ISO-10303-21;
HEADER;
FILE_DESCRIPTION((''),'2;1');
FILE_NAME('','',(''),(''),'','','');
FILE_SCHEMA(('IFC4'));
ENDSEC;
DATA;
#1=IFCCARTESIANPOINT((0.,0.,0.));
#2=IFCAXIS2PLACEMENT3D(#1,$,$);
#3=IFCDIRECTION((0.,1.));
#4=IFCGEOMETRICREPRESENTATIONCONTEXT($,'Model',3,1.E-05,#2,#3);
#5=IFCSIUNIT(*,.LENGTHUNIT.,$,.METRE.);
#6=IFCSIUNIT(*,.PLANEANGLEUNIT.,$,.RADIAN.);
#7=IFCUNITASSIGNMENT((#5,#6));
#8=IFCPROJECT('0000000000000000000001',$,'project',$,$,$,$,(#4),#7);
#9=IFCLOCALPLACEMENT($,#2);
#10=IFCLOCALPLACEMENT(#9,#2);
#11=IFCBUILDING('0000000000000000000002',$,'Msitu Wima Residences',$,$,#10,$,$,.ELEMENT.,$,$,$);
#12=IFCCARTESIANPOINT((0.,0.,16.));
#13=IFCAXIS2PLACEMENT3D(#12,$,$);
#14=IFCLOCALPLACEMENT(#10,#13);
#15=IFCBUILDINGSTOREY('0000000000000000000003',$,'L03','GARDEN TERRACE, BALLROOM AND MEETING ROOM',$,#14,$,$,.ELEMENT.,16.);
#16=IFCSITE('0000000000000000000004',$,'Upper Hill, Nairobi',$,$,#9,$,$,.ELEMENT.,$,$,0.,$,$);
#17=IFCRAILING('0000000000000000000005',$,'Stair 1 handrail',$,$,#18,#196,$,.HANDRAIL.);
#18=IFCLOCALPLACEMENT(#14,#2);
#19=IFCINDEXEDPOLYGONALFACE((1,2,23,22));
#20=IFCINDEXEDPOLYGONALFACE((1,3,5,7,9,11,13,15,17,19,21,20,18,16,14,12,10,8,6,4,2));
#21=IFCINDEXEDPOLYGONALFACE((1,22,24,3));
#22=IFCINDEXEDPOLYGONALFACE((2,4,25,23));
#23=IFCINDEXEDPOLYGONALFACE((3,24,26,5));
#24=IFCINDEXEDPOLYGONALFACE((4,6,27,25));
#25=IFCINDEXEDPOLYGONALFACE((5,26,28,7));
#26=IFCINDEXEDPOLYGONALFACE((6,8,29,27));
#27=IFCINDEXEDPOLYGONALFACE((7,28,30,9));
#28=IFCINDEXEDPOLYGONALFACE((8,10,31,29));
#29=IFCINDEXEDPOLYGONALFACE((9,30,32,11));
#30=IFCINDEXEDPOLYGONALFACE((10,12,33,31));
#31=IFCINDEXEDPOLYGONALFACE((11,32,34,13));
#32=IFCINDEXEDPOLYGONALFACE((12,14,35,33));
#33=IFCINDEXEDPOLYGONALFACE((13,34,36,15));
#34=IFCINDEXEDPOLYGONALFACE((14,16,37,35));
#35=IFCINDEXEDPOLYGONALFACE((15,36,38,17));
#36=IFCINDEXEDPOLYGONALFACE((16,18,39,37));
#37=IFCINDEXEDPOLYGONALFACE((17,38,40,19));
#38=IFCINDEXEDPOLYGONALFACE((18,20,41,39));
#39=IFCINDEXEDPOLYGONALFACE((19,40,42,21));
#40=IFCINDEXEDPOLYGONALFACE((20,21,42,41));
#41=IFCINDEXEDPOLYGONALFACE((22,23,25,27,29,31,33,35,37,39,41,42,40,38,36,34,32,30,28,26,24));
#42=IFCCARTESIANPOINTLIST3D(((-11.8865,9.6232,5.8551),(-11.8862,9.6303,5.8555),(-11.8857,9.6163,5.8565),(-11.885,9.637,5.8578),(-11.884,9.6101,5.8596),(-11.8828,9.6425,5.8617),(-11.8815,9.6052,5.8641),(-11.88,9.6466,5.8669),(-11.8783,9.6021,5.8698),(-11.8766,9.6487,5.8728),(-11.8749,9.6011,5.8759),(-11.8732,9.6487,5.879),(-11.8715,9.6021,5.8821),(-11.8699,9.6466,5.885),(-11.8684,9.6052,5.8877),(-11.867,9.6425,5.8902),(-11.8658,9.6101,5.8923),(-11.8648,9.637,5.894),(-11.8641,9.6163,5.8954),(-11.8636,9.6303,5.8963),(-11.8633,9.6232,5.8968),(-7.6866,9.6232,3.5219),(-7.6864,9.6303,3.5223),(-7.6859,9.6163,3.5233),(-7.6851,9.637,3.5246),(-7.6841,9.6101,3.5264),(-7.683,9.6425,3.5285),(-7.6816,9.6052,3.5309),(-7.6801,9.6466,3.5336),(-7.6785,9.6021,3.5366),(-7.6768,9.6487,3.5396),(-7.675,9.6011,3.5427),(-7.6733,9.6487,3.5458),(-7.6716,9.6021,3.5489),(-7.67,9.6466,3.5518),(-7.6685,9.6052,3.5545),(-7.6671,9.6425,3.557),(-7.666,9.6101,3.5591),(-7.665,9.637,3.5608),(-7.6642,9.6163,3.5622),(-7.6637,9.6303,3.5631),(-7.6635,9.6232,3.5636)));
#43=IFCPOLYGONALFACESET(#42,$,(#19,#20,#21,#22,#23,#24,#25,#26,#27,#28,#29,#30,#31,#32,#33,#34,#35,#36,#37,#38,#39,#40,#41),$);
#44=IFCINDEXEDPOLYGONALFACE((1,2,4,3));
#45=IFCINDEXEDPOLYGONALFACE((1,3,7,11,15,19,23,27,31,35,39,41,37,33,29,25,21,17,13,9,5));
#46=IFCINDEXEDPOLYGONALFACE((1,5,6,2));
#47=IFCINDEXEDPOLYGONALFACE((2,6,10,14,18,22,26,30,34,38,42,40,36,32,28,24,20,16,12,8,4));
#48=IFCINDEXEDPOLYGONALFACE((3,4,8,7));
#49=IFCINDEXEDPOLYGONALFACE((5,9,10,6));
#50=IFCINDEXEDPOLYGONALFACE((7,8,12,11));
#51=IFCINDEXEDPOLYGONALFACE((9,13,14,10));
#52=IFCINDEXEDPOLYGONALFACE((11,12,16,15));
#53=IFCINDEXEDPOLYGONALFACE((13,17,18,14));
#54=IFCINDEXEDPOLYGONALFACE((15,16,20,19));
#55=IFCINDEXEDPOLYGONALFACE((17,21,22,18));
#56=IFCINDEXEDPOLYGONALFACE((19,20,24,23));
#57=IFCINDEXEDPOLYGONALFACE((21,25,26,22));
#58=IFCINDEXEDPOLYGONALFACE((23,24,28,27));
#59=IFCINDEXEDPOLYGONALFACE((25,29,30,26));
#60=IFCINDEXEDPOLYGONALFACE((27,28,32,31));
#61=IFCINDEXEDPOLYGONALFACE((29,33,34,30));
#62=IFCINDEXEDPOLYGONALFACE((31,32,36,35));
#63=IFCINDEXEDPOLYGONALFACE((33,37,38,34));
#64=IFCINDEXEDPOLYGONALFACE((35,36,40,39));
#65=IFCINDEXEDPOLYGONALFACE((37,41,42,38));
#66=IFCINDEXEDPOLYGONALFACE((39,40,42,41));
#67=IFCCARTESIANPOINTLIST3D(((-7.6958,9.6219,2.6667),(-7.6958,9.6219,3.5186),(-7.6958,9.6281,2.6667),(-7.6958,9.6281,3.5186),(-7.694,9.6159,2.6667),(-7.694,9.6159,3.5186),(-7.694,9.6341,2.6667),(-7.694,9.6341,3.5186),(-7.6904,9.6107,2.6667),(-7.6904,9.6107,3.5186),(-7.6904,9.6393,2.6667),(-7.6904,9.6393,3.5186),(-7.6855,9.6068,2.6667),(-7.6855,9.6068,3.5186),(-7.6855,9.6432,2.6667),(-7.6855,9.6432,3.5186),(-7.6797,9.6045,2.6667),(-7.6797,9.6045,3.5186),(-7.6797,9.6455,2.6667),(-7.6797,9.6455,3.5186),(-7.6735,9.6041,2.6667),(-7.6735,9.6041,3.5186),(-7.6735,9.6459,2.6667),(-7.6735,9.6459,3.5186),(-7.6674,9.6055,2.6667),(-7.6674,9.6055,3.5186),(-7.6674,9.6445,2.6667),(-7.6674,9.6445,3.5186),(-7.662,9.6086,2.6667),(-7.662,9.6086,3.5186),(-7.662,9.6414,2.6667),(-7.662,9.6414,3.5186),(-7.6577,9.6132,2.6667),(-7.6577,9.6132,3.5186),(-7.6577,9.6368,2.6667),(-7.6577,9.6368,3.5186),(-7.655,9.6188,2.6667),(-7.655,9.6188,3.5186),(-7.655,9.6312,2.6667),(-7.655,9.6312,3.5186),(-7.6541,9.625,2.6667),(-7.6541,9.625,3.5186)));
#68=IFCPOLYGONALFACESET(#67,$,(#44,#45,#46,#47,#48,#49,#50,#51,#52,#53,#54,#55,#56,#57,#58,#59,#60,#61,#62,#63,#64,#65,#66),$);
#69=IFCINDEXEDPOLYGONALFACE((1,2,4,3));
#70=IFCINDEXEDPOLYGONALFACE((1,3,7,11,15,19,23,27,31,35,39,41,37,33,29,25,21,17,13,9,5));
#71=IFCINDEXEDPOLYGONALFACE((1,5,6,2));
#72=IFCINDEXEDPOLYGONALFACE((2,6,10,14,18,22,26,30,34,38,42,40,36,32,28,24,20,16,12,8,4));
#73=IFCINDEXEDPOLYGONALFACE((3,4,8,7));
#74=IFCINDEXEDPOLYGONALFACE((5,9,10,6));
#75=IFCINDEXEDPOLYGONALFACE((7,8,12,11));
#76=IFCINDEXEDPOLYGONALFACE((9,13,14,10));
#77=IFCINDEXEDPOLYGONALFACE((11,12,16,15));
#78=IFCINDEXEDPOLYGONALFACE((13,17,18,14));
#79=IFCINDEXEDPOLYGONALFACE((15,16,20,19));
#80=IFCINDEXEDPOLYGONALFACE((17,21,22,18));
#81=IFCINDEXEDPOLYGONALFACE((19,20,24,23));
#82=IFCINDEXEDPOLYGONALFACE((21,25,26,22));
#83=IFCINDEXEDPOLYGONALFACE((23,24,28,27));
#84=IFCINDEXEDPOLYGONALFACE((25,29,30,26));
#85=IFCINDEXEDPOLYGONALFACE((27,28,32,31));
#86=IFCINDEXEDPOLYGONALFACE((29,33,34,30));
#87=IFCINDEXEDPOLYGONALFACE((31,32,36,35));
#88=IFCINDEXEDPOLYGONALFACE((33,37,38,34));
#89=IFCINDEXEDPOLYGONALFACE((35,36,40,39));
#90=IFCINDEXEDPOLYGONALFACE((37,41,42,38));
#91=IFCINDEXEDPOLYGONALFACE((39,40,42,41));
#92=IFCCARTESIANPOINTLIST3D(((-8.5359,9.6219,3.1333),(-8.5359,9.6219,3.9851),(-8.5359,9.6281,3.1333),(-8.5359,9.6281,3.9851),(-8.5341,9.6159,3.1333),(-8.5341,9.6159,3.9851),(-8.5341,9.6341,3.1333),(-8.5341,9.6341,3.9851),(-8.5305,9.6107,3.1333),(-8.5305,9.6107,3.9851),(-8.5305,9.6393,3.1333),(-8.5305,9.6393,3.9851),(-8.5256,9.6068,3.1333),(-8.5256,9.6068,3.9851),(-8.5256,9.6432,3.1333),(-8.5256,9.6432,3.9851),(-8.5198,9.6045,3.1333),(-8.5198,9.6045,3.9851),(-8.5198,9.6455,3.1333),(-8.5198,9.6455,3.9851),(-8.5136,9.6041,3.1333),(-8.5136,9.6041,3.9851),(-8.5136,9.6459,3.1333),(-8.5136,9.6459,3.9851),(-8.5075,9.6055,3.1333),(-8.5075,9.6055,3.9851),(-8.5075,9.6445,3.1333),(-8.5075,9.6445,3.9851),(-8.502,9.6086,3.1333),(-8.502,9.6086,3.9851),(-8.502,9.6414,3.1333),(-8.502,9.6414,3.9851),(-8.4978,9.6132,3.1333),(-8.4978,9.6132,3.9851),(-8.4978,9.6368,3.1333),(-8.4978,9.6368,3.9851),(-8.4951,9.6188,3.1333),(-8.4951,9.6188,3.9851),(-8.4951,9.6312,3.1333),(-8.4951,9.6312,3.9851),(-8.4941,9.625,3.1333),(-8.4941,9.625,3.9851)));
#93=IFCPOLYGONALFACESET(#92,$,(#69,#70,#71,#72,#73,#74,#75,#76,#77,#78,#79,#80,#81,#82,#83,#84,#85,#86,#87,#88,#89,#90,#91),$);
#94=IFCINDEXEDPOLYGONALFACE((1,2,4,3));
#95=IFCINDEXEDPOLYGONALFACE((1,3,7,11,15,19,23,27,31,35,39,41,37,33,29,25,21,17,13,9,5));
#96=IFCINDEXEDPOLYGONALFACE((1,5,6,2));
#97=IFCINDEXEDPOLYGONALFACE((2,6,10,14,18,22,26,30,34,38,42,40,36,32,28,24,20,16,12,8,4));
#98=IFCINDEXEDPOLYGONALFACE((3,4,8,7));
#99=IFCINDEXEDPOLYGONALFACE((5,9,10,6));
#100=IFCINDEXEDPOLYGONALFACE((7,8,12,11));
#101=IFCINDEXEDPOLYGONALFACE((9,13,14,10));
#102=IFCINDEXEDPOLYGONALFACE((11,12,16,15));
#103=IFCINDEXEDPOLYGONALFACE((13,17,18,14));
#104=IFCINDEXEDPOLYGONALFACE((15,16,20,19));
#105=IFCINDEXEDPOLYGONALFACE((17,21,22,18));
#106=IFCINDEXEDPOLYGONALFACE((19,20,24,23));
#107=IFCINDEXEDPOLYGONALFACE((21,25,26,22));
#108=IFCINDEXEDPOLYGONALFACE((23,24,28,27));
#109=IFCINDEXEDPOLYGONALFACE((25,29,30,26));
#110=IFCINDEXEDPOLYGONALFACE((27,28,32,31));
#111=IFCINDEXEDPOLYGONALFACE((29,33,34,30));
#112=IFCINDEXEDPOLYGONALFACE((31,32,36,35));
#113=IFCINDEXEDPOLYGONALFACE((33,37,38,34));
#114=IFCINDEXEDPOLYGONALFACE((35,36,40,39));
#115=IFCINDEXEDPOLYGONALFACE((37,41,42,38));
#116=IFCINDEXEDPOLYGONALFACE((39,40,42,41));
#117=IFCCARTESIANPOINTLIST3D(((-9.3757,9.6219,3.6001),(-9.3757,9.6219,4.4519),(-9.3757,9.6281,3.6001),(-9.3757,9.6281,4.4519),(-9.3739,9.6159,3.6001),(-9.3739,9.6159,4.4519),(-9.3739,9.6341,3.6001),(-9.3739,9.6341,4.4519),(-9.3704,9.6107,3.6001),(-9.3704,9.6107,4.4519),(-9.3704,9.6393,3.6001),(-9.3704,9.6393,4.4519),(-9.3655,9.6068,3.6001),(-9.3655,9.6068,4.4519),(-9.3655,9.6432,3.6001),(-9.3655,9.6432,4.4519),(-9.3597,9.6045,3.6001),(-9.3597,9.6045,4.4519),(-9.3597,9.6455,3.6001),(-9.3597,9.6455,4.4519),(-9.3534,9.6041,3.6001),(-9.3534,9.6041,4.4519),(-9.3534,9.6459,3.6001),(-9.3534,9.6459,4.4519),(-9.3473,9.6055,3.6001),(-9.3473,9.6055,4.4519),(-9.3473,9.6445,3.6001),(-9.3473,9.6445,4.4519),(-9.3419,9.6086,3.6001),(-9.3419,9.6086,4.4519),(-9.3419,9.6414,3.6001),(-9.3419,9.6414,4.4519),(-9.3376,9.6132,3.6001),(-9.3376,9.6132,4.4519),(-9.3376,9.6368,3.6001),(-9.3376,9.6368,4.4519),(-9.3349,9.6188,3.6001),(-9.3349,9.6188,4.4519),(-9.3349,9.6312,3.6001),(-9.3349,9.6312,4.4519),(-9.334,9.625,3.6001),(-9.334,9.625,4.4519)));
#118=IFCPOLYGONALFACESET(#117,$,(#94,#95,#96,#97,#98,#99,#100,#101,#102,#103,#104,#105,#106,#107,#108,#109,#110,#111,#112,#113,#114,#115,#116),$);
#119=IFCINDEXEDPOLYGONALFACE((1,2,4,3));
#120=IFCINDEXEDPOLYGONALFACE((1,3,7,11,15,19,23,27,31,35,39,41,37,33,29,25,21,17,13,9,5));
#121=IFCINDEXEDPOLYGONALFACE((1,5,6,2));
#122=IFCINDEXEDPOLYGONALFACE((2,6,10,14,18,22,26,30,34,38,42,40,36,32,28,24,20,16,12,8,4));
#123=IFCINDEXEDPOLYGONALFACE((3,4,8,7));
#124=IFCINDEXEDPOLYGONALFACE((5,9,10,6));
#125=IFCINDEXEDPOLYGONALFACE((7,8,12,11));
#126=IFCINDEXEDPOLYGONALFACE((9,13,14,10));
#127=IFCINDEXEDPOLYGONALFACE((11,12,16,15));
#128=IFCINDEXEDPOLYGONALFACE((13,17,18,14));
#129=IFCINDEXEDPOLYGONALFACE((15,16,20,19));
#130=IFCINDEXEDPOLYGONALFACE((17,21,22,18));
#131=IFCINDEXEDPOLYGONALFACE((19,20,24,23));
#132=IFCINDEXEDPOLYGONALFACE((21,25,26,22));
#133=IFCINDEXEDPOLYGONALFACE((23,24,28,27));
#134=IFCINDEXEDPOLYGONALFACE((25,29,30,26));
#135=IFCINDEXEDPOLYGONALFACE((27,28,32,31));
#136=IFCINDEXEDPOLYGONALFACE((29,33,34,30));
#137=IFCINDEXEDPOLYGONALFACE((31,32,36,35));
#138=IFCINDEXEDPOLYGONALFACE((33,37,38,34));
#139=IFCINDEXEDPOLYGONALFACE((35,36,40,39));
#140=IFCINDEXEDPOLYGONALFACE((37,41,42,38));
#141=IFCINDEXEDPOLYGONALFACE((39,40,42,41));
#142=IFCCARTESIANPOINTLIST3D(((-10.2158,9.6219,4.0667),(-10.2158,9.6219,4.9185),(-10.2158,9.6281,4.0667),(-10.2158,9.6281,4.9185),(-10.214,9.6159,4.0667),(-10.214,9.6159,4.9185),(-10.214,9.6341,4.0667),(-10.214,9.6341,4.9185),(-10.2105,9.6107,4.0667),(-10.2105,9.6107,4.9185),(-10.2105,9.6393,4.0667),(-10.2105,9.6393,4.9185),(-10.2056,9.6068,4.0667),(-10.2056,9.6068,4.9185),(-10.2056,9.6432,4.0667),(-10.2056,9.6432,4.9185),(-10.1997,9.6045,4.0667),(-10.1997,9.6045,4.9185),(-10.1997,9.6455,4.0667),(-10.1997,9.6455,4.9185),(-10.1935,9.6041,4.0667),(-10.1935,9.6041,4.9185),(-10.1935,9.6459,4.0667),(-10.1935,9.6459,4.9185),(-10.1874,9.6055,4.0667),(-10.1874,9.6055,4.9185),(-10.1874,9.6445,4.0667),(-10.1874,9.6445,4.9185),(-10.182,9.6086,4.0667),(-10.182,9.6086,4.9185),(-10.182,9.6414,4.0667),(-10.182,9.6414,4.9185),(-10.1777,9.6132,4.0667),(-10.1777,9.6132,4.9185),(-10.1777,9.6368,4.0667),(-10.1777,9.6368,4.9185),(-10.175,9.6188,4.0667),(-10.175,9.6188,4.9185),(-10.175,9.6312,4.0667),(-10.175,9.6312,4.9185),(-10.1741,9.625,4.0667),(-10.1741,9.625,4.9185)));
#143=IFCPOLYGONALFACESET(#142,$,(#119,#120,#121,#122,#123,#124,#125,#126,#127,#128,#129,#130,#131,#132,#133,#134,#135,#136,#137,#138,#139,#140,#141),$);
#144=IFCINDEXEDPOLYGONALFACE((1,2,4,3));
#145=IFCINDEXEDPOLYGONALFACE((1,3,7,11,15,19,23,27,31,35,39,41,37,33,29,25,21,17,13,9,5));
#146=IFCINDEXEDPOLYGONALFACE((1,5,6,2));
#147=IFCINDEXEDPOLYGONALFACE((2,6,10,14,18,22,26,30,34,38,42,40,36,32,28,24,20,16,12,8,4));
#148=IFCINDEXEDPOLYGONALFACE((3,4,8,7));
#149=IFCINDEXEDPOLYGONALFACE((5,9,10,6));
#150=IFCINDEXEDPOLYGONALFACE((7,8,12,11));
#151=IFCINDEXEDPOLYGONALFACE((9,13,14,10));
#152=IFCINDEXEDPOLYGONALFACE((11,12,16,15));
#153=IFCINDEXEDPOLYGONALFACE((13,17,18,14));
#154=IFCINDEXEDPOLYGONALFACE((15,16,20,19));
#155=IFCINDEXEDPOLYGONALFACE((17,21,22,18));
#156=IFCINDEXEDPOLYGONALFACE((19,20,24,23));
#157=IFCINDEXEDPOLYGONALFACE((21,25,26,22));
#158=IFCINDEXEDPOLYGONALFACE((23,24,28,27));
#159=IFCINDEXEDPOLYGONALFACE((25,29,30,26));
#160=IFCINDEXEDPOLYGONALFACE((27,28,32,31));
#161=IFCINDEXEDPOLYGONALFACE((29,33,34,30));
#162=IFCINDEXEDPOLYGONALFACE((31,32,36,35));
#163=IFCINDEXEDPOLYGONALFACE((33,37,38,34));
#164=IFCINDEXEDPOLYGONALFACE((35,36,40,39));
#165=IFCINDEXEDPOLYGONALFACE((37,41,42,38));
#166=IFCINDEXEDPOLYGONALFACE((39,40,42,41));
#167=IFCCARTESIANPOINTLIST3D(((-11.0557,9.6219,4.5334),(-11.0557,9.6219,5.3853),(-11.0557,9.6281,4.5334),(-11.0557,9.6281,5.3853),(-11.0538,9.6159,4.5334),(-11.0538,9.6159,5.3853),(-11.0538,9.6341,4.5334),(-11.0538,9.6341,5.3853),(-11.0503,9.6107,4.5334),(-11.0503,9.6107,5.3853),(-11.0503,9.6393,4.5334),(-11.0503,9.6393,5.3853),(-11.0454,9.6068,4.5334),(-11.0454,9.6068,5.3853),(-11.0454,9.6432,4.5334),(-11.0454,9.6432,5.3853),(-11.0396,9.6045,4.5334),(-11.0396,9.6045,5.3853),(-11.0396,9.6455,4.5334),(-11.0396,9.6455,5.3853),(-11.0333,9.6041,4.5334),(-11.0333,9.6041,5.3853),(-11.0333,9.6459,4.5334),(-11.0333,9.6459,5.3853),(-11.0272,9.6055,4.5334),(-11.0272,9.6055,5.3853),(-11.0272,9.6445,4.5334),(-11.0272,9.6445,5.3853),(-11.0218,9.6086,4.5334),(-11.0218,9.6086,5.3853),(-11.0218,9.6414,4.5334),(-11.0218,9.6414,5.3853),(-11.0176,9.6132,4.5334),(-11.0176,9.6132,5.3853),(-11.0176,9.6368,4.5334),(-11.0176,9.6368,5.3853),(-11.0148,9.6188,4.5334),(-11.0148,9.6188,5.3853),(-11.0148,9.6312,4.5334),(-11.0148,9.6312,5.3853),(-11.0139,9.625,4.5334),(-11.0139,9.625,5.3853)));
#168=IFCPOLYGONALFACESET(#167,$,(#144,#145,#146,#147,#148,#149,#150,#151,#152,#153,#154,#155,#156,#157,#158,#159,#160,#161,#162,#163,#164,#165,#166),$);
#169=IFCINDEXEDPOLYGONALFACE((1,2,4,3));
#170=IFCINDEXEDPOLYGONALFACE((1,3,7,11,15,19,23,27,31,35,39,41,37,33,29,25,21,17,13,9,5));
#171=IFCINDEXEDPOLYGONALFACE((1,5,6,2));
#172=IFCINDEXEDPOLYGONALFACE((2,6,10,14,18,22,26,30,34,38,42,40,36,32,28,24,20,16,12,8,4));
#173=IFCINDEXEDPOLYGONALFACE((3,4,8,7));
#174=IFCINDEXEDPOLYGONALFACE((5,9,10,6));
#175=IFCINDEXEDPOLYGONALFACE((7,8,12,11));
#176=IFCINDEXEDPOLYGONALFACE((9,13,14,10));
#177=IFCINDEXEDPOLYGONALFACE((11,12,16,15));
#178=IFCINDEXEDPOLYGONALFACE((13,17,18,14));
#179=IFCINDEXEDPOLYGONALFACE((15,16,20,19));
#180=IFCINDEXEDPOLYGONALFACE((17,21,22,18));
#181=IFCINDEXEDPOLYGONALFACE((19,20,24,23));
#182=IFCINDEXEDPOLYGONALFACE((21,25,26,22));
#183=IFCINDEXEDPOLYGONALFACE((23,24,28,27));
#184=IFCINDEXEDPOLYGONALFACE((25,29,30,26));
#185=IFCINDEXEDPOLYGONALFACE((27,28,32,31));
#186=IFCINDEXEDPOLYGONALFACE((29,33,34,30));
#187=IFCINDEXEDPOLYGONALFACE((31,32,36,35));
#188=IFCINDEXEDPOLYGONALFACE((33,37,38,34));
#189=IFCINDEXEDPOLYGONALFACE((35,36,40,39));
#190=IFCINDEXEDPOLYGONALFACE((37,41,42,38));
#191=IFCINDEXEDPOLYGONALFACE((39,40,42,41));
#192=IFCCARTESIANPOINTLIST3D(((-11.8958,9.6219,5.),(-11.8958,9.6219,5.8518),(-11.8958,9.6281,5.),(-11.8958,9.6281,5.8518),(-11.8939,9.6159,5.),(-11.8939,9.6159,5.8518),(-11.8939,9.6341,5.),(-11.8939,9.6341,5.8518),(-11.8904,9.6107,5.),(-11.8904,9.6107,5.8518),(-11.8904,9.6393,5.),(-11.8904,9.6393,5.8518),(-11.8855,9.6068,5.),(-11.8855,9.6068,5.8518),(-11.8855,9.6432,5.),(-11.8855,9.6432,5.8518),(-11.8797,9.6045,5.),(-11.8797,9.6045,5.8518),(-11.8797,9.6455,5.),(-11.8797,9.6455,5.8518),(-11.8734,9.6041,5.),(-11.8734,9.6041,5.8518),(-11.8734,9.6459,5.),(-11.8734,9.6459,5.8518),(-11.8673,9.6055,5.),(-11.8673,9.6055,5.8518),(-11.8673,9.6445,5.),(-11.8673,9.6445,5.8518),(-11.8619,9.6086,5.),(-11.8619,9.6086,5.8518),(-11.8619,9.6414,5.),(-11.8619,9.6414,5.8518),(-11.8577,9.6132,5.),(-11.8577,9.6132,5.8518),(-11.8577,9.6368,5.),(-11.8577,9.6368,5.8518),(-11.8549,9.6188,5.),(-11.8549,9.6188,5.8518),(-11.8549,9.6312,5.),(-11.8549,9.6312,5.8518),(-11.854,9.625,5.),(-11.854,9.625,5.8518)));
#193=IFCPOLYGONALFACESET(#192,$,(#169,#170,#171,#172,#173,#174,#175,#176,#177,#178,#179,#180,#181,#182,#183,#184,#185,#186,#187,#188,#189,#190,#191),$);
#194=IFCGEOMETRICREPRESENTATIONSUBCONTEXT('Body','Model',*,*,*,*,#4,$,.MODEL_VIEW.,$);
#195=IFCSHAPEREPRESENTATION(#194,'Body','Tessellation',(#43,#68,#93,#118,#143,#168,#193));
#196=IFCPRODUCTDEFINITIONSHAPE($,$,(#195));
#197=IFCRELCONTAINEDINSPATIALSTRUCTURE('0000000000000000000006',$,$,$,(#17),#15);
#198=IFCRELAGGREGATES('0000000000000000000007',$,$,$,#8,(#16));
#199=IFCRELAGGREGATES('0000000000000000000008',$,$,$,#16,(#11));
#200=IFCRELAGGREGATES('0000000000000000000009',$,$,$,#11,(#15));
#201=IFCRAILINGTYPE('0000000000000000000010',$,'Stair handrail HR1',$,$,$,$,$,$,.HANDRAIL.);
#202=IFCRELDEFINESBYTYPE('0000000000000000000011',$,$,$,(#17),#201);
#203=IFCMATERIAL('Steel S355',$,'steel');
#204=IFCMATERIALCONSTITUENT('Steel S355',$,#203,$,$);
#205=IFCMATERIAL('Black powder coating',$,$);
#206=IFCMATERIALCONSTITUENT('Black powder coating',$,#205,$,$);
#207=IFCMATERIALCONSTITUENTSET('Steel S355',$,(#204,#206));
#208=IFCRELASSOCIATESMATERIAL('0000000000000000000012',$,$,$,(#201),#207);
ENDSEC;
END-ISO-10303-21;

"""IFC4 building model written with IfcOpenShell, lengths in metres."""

from ifc_helpers import new_model, si_unit, direction, frame, origin, origin_2d, place, context, subcontext, project, spatial, circle, extrude, material, constituent, constituent_set, type_object, element, save


model = new_model("IFC4")

# Units and contexts
model_context = context("Model", 3, precision=1e-05, world=origin(), true_north=direction((0.0, 1.0)))
body_context = subcontext(model_context, "Body", "Model", "MODEL_VIEW")
ifc_project = project(units=[si_unit("LENGTHUNIT", "METRE"), si_unit("PLANEANGLEUNIT", "RADIAN")], contexts=[model_context])

# Site, building, storey
site_placement = place(None, origin())
site = spatial("IfcSite", under=ifc_project, at=site_placement, Name="Upper Hill, Nairobi", CompositionType="ELEMENT", RefElevation=0.0)
building_placement = place(site_placement, origin())
building = spatial("IfcBuilding", under=site, at=building_placement, Name="Msitu Wima Residences", CompositionType="ELEMENT")
storey_placement = place(building_placement, frame((0.0, 0.0, 16.0)))
storey = spatial("IfcBuildingStorey", under=building, at=storey_placement, Name="L03", Description="GARDEN TERRACE, BALLROOM AND MEETING ROOM", CompositionType="ELEMENT", Elevation=16.0)

# Railing
ifc_material_1 = material(Name="Steel S355", Category="steel")
ifc_constituent_1 = constituent(ifc_material_1, Name="Steel S355")
ifc_material_2 = material(Name="Black powder coating")
ifc_constituent_2 = constituent(ifc_material_2, Name="Black powder coating")
ifc_constituent_set = constituent_set(constituents=[ifc_constituent_1, ifc_constituent_2], Name="Steel S355")
railing_type = type_object("IfcRailingType", Name="Stair handrail HR1", PredefinedType="HANDRAIL", material=ifc_constituent_set)
railing_placement = place(storey_placement, frame((-7.675, 9.625, 2.6667)))
element("IfcRailing", 1, at=railing_placement, inside=storey, type_object=railing_type, Name="Stair 1 handrail", PredefinedType="HANDRAIL", context=body_context, shape_type="SweptSolid", body=[
    extrude(circle(Radius=0.0239, at=origin_2d()), frame((0.0, 0.0, 0.876), z_axis=(-0.874162, 0.0, 0.485634), x_axis=(0.0, -1.0, 0.0)), (0.0, 0.0, 1.0), 4.8044),
    extrude(circle(Radius=0.021, at=origin_2d()), origin(), (0.0, 0.0, 1.0), 0.8518),
    extrude(circle(Radius=0.021, at=origin_2d()), frame((-0.8401, 0.0, 0.4666)), (0.0, 0.0, 1.0), 0.8518),
    extrude(circle(Radius=0.021, at=origin_2d()), frame((-1.6799, 0.0, 0.9333)), (0.0, 0.0, 1.0), 0.8518),
    extrude(circle(Radius=0.021, at=origin_2d()), frame((-2.52, 0.0, 1.3999)), (0.0, 0.0, 1.0), 0.8518),
    extrude(circle(Radius=0.021, at=origin_2d()), frame((-3.3599, 0.0, 1.8667)), (0.0, 0.0, 1.0), 0.8518),
    extrude(circle(Radius=0.021, at=origin_2d()), frame((-4.2, 0.0, 2.3333)), (0.0, 0.0, 1.0), 0.8518),
])

save(model, "model.ifc")
